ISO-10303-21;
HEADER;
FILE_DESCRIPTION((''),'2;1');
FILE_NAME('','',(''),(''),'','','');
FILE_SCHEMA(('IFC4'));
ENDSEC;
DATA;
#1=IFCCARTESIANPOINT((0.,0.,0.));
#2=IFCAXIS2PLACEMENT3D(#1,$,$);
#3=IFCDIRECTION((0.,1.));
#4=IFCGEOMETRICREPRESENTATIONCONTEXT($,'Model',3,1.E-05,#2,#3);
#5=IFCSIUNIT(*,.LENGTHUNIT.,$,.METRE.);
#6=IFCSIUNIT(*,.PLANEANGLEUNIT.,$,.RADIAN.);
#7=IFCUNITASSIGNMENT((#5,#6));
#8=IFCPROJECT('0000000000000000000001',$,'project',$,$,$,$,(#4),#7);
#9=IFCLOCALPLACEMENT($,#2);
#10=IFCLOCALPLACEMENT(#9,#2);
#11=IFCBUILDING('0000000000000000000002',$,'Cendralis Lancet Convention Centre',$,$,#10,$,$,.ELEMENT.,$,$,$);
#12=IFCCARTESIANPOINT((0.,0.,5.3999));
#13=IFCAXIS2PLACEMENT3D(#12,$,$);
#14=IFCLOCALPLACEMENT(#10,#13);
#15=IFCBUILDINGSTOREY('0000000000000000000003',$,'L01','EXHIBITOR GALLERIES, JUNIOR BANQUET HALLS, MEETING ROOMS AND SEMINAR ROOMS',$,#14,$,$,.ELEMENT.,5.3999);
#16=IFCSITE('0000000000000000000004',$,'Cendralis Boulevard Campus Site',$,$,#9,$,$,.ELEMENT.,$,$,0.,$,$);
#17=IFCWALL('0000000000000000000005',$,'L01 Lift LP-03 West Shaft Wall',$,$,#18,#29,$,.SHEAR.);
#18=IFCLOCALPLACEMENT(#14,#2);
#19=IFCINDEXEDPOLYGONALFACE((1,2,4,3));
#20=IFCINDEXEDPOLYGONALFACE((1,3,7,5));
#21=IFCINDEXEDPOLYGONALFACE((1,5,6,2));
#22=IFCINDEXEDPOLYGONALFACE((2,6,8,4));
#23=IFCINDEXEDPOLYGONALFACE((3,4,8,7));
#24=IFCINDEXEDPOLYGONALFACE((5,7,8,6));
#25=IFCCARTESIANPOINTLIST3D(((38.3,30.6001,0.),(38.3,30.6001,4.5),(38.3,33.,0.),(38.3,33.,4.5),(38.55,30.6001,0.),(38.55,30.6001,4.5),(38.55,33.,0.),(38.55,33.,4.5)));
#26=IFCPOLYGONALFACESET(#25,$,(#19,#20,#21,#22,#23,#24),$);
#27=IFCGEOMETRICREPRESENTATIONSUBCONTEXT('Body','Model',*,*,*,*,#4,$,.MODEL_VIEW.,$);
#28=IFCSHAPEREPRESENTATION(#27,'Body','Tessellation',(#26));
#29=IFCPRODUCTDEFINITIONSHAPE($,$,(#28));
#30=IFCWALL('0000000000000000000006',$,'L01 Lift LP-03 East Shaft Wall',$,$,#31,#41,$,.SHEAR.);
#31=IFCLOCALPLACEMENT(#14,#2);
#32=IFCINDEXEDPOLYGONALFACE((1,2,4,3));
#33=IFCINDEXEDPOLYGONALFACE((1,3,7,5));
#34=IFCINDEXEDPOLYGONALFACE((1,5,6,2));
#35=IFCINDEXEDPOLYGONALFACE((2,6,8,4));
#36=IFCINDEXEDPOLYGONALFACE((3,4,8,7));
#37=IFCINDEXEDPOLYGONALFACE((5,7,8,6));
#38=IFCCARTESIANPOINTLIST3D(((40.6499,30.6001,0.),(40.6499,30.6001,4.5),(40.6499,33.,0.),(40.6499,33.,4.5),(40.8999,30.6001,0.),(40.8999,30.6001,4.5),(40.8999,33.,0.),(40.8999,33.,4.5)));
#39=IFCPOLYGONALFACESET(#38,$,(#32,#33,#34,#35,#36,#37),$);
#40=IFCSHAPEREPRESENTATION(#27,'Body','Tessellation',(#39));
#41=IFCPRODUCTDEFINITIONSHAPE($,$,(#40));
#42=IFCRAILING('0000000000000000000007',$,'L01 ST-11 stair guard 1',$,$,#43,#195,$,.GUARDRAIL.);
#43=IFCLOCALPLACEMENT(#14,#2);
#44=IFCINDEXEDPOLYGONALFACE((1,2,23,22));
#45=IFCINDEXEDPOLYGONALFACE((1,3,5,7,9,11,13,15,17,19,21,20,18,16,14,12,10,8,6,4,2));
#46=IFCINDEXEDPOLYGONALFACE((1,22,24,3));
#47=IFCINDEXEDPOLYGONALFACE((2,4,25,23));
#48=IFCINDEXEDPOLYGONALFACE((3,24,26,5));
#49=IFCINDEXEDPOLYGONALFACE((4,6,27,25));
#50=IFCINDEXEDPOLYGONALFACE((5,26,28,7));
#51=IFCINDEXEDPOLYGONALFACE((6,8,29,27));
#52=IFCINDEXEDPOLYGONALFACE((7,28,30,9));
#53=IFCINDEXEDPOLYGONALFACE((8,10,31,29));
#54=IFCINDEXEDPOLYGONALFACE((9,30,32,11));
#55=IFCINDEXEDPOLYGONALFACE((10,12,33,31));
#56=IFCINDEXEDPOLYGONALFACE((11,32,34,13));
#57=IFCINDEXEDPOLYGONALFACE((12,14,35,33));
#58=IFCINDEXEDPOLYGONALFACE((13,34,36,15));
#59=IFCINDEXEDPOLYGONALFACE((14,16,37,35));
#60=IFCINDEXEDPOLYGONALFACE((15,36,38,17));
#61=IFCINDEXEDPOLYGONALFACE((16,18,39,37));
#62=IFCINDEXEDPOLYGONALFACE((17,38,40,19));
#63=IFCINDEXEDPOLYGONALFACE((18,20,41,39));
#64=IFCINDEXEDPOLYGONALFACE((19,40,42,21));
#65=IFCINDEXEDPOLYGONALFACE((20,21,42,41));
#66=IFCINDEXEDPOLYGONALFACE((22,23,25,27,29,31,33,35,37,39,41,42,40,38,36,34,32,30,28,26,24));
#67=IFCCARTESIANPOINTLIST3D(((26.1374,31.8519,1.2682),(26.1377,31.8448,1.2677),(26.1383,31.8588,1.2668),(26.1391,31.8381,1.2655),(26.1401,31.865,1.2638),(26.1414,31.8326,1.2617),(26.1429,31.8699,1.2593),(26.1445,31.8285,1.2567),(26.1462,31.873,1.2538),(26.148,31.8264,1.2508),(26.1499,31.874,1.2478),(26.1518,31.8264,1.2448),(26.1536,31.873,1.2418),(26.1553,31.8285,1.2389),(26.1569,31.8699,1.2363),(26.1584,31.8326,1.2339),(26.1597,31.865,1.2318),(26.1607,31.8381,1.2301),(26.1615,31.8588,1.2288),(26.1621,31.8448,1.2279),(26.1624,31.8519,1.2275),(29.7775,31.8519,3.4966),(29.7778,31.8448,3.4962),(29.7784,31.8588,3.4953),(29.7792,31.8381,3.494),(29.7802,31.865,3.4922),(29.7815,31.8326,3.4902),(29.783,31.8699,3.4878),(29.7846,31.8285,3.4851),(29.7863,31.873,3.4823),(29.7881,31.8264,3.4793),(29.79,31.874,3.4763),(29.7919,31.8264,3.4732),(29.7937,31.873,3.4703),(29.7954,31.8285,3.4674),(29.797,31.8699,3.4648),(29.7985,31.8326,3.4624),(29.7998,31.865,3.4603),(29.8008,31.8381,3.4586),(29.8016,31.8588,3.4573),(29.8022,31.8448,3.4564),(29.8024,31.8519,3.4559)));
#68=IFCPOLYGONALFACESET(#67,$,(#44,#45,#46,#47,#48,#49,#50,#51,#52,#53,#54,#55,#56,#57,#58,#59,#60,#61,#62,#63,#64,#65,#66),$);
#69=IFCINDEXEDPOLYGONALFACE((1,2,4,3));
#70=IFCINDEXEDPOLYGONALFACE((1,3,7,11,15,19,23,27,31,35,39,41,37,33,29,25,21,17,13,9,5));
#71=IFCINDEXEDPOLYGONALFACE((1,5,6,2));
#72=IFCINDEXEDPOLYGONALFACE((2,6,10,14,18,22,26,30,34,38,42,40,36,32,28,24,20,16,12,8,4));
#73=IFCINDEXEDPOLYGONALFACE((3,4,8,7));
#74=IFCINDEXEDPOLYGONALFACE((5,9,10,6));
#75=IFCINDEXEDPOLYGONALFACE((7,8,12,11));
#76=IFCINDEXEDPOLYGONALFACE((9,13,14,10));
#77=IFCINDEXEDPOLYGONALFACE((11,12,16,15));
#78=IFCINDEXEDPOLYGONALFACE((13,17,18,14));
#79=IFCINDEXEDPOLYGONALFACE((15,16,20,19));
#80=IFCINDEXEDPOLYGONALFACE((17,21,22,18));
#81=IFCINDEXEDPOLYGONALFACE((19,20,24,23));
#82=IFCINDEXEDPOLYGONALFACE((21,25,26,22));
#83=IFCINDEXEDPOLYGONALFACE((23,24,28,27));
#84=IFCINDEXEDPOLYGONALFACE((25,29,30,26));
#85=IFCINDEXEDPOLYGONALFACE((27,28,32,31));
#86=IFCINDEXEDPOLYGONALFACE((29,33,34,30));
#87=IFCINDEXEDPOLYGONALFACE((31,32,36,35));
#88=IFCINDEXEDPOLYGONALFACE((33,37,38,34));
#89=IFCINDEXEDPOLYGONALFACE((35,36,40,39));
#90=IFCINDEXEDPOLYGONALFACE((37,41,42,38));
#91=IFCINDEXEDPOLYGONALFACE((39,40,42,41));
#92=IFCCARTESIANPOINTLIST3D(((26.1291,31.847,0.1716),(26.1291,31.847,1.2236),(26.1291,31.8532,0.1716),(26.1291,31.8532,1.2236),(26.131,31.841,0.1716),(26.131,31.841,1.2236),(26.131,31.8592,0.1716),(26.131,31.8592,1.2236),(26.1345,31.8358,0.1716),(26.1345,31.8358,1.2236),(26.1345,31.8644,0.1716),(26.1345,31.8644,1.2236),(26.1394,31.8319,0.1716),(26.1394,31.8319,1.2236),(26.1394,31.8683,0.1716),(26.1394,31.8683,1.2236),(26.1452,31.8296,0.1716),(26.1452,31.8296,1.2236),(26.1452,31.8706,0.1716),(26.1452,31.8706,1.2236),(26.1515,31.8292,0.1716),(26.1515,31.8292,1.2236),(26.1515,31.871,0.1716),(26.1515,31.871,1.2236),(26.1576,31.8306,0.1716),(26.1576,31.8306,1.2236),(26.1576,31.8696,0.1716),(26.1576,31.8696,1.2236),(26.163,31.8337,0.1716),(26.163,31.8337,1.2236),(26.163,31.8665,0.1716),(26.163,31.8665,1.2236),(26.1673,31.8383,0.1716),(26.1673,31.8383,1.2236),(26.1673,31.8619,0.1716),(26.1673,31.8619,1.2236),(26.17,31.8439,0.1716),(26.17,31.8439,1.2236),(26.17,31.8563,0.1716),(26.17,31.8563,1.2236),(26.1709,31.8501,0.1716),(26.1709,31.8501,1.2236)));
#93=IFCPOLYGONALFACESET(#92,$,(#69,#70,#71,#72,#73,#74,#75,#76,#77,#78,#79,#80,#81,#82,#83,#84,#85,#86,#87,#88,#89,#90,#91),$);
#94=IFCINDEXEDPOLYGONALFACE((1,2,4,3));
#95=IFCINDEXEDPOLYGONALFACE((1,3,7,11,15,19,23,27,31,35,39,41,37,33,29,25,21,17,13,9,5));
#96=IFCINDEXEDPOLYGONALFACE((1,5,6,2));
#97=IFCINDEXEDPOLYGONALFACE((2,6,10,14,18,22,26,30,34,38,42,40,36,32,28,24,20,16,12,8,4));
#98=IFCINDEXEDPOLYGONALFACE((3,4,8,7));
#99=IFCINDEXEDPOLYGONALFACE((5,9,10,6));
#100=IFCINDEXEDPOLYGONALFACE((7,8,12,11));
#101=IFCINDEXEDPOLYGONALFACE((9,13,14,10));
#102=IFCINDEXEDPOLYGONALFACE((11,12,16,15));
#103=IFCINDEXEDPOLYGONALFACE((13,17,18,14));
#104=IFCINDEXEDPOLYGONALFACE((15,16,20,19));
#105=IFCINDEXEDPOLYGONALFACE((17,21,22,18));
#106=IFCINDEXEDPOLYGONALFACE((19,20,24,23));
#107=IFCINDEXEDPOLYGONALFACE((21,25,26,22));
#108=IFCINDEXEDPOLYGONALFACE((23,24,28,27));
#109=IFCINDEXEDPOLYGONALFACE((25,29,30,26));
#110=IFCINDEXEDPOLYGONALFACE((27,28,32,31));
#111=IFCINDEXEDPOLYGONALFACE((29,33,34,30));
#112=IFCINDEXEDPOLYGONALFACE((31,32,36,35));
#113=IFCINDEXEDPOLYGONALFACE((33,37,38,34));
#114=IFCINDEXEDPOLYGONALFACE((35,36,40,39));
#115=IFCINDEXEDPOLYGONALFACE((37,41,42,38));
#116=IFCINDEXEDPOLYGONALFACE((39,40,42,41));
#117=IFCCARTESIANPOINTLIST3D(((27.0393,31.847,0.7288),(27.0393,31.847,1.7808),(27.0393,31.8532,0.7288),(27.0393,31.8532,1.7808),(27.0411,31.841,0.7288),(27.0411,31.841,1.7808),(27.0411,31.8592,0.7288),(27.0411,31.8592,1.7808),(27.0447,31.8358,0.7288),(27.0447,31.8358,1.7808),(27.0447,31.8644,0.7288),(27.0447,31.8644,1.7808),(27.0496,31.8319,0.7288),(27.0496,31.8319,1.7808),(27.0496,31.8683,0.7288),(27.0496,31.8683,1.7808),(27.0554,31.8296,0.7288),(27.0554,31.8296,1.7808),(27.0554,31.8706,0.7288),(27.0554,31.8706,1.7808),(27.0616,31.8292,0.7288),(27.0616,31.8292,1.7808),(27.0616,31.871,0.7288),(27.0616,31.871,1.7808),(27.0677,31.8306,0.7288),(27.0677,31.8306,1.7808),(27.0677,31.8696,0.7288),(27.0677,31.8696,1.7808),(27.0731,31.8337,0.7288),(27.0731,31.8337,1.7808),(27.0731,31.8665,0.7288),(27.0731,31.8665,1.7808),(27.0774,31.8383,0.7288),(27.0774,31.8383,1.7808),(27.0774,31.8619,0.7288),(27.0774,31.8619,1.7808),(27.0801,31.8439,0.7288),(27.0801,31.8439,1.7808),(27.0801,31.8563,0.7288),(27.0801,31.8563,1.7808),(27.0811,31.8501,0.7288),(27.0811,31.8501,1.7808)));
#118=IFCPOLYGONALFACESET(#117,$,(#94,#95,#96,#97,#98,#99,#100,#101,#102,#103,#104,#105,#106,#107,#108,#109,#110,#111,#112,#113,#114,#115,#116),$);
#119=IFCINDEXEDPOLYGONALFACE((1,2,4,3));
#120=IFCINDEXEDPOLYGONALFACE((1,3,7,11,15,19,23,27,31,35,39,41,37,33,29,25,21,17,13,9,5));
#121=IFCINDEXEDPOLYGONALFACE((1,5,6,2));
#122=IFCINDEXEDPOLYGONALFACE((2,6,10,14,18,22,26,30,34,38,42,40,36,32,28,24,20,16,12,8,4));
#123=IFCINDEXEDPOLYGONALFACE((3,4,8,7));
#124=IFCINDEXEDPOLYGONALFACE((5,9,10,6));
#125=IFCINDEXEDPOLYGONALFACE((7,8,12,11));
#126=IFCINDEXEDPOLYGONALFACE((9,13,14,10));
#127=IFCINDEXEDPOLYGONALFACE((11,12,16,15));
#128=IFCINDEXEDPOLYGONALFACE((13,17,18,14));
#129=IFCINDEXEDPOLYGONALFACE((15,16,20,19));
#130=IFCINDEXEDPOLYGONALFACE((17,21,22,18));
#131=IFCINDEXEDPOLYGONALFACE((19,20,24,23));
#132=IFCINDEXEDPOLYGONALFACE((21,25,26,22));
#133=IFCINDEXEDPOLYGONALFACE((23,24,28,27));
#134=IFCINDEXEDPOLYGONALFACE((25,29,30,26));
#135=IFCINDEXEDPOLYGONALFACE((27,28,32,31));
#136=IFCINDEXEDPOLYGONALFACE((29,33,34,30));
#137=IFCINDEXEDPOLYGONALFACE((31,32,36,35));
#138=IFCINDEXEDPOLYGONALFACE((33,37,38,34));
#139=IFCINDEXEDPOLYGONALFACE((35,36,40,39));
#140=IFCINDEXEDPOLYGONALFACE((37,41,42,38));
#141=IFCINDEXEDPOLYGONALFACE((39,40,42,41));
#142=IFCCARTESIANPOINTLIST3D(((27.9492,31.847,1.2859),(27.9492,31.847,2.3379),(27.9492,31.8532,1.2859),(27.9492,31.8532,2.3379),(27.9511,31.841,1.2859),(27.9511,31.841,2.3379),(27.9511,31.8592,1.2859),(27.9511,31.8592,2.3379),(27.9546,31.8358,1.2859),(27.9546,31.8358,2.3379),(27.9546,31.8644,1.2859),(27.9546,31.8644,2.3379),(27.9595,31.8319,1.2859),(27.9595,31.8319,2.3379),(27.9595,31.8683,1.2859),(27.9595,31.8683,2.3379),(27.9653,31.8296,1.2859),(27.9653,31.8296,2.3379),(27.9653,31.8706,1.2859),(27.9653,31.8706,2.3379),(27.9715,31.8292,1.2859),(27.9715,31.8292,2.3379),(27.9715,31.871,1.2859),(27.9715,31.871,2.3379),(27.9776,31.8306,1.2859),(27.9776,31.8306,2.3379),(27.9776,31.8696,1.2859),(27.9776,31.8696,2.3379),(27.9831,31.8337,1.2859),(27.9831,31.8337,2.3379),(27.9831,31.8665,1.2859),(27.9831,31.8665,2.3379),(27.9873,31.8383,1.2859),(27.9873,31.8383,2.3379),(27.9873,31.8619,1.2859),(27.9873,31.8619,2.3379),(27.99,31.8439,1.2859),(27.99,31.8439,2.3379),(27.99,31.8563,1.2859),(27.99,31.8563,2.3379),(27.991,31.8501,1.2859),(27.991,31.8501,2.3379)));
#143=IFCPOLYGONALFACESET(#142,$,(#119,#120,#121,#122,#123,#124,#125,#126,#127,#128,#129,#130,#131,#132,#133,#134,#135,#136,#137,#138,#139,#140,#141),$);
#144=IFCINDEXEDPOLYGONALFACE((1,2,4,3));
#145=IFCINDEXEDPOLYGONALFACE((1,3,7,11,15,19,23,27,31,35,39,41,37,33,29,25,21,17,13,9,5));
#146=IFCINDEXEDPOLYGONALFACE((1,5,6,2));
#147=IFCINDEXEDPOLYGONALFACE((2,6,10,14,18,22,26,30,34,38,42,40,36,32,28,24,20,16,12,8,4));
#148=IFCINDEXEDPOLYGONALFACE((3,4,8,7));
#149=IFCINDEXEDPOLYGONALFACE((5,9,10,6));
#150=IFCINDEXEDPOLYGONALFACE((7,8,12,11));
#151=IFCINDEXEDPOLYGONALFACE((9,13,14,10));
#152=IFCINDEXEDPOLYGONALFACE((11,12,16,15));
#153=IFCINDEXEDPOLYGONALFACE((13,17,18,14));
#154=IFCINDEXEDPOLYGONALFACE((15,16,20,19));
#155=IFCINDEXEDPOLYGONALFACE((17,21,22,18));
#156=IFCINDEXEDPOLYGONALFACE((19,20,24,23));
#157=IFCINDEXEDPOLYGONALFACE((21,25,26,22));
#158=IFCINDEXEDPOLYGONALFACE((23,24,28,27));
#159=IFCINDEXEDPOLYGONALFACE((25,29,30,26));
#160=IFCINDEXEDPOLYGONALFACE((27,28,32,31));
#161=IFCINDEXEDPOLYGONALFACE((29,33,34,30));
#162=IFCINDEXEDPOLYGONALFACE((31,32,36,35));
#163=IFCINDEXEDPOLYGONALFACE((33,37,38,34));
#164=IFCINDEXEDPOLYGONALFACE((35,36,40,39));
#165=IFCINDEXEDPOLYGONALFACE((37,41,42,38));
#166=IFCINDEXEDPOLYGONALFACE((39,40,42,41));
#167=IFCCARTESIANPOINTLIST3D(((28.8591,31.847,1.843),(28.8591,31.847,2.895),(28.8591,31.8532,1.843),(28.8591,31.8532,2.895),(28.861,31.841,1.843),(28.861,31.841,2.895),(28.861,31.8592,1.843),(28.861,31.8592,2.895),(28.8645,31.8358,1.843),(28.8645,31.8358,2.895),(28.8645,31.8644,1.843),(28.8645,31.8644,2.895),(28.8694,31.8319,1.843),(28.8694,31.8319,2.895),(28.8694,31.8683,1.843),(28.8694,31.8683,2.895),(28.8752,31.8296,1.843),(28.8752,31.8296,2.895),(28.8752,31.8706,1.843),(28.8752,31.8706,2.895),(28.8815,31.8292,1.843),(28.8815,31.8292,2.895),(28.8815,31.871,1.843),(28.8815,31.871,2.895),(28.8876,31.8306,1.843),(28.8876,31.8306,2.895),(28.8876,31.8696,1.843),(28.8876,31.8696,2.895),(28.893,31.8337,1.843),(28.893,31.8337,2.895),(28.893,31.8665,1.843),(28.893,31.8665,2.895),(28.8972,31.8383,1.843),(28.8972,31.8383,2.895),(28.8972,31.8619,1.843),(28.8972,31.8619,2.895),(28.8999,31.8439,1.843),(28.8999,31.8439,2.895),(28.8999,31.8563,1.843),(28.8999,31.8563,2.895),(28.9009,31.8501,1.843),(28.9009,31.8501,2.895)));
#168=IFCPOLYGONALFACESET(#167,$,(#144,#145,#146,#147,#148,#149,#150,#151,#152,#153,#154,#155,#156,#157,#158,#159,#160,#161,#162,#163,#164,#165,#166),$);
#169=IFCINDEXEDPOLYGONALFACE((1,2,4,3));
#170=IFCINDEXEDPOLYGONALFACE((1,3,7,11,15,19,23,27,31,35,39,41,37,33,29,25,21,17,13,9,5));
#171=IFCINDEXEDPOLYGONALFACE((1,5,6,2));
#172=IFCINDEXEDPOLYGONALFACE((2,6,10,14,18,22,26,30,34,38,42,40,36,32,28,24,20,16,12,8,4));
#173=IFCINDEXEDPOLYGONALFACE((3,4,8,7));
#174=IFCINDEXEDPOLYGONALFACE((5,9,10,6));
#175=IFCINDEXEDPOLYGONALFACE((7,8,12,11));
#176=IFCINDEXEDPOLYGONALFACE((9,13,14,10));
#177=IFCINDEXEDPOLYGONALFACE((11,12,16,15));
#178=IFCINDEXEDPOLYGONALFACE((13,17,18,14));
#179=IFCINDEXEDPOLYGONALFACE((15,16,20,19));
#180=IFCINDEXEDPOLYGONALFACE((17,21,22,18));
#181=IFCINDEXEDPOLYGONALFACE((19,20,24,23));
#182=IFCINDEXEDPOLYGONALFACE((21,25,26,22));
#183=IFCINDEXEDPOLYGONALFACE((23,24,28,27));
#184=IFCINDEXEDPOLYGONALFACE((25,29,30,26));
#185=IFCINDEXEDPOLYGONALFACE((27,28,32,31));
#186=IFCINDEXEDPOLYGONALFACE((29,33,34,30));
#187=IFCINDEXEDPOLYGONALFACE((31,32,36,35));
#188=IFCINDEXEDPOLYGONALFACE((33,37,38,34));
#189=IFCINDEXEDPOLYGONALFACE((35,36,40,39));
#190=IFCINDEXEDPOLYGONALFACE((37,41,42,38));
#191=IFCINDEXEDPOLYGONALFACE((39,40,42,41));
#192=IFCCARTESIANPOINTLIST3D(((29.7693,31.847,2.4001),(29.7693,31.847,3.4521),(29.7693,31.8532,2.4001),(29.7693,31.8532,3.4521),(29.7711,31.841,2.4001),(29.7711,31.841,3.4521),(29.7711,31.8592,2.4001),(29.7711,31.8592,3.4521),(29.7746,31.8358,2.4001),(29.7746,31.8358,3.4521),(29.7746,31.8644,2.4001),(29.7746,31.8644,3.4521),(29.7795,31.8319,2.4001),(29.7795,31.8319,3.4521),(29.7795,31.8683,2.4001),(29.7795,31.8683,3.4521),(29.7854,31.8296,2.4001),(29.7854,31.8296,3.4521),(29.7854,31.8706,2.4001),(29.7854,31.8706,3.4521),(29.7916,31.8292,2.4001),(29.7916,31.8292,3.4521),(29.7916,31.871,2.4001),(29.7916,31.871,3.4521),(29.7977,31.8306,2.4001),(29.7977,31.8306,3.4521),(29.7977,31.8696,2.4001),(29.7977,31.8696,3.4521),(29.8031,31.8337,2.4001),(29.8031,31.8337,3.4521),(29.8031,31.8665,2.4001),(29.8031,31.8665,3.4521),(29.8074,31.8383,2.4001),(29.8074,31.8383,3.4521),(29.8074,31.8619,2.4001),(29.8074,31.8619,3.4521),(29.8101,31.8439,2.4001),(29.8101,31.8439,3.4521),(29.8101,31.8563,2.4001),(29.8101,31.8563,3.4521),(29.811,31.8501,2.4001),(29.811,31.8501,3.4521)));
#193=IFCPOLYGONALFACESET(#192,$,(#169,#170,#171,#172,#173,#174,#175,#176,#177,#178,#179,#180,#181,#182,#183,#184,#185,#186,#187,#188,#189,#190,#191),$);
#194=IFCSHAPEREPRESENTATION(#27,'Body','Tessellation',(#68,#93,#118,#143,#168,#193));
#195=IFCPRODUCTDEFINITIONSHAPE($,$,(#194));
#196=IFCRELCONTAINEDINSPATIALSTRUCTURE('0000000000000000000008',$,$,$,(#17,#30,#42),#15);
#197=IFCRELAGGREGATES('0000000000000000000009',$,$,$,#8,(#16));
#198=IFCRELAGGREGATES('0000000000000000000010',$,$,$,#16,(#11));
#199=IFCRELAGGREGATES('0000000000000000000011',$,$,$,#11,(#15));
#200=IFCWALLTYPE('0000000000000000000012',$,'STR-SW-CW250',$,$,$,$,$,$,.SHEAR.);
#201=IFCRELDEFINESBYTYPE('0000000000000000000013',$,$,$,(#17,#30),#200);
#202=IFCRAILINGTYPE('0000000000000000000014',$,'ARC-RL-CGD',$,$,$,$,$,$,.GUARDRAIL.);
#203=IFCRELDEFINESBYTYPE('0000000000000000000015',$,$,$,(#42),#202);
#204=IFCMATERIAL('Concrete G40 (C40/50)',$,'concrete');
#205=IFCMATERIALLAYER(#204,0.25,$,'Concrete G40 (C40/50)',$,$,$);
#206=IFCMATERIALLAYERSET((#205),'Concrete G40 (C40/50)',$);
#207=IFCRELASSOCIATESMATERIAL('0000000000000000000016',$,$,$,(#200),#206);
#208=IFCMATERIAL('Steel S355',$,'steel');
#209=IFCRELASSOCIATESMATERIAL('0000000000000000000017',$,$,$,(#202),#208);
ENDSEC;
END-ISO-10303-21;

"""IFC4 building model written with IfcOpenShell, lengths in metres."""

from ifc_helpers import new_model, si_unit, direction, frame, frame_2d, origin, origin_2d, place, context, subcontext, project, spatial, rectangle, circle, extrude, material, layer, layer_set, type_object, element, save


model = new_model("IFC4")

# Units and contexts
model_context = context("Model", 3, precision=1e-05, world=origin(), true_north=direction((0.0, 1.0)))
body_context = subcontext(model_context, "Body", "Model", "MODEL_VIEW")
ifc_project = project(units=[si_unit("LENGTHUNIT", "METRE"), si_unit("PLANEANGLEUNIT", "RADIAN")], contexts=[model_context])

# Site, building, storey
site_placement = place(None, origin())
site = spatial("IfcSite", under=ifc_project, at=site_placement, Name="Cendralis Boulevard Campus Site", CompositionType="ELEMENT", RefElevation=0.0)
building_placement = place(site_placement, origin())
building = spatial("IfcBuilding", under=site, at=building_placement, Name="Cendralis Lancet Convention Centre", CompositionType="ELEMENT")
storey_placement = place(building_placement, frame((0.0, 0.0, 5.3999)))
storey = spatial("IfcBuildingStorey", under=building, at=storey_placement, Name="L01", Description="EXHIBITOR GALLERIES, JUNIOR BANQUET HALLS, MEETING ROOMS AND SEMINAR ROOMS", CompositionType="ELEMENT", Elevation=5.3999)

# Shared definitions
ifc_material_1 = material(Name="Steel S355", Category="steel")

# Shared definitions
ifc_material_2 = material(Name="Concrete G40 (C40/50)", Category="concrete")

# Shared definitions
ifc_layer_1 = layer(ifc_material_2, 0.25, Name="Concrete G40 (C40/50)")
ifc_layer_set_1 = layer_set([ifc_layer_1], Name="Concrete G40 (C40/50)")
wall_type_1 = type_object("IfcWallType", Name="STR-SW-CW250", PredefinedType="SHEAR", material=ifc_layer_set_1)

# Walls
for number, where, z_axis, x_axis, name in (
    (1, (38.425, 30.6001, 0.0), (0.0, 0.0, 1.0), (0.0, 1.0, 0.0), "L01 Lift LP-03 West Shaft Wall"),
    (2, (40.7749, 30.6001, 0.0), (0.0, 0.0, 1.0), (0.0, 1.0, 0.0), "L01 Lift LP-03 East Shaft Wall"),
):
    element("IfcWall", number, at=place(storey_placement, frame(where, z_axis=z_axis, x_axis=x_axis)), inside=storey, type_object=wall_type_1, Name=name, PredefinedType="SHEAR", context=body_context, shape_type="SweptSolid", body=[
        extrude(rectangle(XDim=2.3999, YDim=0.25, at=frame_2d((1.2, 0.0))), origin(), (0.0, 0.0, 1.0), 4.5),
    ])

# Railing
railing_type_1 = type_object("IfcRailingType", Name="ARC-RL-CGD", PredefinedType="GUARDRAIL", material=ifc_material_1)
railing_1_placement = place(storey_placement, frame((26.1499, 31.8501, 0.1716)))
element("IfcRailing", 3, at=railing_1_placement, inside=storey, type_object=railing_type_1, Name="L01 ST-11 stair guard 1", PredefinedType="GUARDRAIL", context=body_context, shape_type="SweptSolid", body=[
    extrude(circle(Radius=0.0239, at=origin_2d()), frame((0.0, 0.0, 1.0762), z_axis=(0.852866, 0.0, 0.52213), x_axis=(0.0, 1.0, 0.0)), (0.0, 0.0, 1.0), 4.2681),
    extrude(circle(Radius=0.021, at=origin_2d()), origin(), (0.0, 0.0, 1.0), 1.052),
    extrude(circle(Radius=0.021, at=origin_2d()), frame((0.9102, 0.0, 0.5571)), (0.0, 0.0, 1.0), 1.052),
    extrude(circle(Radius=0.021, at=origin_2d()), frame((1.8201, 0.0, 1.1143)), (0.0, 0.0, 1.0), 1.052),
    extrude(circle(Radius=0.021, at=origin_2d()), frame((2.73, 0.0, 1.6714)), (0.0, 0.0, 1.0), 1.052),
    extrude(circle(Radius=0.021, at=origin_2d()), frame((3.6401, 0.0, 2.2285)), (0.0, 0.0, 1.0), 1.052),
])

save(model, "model.ifc")
